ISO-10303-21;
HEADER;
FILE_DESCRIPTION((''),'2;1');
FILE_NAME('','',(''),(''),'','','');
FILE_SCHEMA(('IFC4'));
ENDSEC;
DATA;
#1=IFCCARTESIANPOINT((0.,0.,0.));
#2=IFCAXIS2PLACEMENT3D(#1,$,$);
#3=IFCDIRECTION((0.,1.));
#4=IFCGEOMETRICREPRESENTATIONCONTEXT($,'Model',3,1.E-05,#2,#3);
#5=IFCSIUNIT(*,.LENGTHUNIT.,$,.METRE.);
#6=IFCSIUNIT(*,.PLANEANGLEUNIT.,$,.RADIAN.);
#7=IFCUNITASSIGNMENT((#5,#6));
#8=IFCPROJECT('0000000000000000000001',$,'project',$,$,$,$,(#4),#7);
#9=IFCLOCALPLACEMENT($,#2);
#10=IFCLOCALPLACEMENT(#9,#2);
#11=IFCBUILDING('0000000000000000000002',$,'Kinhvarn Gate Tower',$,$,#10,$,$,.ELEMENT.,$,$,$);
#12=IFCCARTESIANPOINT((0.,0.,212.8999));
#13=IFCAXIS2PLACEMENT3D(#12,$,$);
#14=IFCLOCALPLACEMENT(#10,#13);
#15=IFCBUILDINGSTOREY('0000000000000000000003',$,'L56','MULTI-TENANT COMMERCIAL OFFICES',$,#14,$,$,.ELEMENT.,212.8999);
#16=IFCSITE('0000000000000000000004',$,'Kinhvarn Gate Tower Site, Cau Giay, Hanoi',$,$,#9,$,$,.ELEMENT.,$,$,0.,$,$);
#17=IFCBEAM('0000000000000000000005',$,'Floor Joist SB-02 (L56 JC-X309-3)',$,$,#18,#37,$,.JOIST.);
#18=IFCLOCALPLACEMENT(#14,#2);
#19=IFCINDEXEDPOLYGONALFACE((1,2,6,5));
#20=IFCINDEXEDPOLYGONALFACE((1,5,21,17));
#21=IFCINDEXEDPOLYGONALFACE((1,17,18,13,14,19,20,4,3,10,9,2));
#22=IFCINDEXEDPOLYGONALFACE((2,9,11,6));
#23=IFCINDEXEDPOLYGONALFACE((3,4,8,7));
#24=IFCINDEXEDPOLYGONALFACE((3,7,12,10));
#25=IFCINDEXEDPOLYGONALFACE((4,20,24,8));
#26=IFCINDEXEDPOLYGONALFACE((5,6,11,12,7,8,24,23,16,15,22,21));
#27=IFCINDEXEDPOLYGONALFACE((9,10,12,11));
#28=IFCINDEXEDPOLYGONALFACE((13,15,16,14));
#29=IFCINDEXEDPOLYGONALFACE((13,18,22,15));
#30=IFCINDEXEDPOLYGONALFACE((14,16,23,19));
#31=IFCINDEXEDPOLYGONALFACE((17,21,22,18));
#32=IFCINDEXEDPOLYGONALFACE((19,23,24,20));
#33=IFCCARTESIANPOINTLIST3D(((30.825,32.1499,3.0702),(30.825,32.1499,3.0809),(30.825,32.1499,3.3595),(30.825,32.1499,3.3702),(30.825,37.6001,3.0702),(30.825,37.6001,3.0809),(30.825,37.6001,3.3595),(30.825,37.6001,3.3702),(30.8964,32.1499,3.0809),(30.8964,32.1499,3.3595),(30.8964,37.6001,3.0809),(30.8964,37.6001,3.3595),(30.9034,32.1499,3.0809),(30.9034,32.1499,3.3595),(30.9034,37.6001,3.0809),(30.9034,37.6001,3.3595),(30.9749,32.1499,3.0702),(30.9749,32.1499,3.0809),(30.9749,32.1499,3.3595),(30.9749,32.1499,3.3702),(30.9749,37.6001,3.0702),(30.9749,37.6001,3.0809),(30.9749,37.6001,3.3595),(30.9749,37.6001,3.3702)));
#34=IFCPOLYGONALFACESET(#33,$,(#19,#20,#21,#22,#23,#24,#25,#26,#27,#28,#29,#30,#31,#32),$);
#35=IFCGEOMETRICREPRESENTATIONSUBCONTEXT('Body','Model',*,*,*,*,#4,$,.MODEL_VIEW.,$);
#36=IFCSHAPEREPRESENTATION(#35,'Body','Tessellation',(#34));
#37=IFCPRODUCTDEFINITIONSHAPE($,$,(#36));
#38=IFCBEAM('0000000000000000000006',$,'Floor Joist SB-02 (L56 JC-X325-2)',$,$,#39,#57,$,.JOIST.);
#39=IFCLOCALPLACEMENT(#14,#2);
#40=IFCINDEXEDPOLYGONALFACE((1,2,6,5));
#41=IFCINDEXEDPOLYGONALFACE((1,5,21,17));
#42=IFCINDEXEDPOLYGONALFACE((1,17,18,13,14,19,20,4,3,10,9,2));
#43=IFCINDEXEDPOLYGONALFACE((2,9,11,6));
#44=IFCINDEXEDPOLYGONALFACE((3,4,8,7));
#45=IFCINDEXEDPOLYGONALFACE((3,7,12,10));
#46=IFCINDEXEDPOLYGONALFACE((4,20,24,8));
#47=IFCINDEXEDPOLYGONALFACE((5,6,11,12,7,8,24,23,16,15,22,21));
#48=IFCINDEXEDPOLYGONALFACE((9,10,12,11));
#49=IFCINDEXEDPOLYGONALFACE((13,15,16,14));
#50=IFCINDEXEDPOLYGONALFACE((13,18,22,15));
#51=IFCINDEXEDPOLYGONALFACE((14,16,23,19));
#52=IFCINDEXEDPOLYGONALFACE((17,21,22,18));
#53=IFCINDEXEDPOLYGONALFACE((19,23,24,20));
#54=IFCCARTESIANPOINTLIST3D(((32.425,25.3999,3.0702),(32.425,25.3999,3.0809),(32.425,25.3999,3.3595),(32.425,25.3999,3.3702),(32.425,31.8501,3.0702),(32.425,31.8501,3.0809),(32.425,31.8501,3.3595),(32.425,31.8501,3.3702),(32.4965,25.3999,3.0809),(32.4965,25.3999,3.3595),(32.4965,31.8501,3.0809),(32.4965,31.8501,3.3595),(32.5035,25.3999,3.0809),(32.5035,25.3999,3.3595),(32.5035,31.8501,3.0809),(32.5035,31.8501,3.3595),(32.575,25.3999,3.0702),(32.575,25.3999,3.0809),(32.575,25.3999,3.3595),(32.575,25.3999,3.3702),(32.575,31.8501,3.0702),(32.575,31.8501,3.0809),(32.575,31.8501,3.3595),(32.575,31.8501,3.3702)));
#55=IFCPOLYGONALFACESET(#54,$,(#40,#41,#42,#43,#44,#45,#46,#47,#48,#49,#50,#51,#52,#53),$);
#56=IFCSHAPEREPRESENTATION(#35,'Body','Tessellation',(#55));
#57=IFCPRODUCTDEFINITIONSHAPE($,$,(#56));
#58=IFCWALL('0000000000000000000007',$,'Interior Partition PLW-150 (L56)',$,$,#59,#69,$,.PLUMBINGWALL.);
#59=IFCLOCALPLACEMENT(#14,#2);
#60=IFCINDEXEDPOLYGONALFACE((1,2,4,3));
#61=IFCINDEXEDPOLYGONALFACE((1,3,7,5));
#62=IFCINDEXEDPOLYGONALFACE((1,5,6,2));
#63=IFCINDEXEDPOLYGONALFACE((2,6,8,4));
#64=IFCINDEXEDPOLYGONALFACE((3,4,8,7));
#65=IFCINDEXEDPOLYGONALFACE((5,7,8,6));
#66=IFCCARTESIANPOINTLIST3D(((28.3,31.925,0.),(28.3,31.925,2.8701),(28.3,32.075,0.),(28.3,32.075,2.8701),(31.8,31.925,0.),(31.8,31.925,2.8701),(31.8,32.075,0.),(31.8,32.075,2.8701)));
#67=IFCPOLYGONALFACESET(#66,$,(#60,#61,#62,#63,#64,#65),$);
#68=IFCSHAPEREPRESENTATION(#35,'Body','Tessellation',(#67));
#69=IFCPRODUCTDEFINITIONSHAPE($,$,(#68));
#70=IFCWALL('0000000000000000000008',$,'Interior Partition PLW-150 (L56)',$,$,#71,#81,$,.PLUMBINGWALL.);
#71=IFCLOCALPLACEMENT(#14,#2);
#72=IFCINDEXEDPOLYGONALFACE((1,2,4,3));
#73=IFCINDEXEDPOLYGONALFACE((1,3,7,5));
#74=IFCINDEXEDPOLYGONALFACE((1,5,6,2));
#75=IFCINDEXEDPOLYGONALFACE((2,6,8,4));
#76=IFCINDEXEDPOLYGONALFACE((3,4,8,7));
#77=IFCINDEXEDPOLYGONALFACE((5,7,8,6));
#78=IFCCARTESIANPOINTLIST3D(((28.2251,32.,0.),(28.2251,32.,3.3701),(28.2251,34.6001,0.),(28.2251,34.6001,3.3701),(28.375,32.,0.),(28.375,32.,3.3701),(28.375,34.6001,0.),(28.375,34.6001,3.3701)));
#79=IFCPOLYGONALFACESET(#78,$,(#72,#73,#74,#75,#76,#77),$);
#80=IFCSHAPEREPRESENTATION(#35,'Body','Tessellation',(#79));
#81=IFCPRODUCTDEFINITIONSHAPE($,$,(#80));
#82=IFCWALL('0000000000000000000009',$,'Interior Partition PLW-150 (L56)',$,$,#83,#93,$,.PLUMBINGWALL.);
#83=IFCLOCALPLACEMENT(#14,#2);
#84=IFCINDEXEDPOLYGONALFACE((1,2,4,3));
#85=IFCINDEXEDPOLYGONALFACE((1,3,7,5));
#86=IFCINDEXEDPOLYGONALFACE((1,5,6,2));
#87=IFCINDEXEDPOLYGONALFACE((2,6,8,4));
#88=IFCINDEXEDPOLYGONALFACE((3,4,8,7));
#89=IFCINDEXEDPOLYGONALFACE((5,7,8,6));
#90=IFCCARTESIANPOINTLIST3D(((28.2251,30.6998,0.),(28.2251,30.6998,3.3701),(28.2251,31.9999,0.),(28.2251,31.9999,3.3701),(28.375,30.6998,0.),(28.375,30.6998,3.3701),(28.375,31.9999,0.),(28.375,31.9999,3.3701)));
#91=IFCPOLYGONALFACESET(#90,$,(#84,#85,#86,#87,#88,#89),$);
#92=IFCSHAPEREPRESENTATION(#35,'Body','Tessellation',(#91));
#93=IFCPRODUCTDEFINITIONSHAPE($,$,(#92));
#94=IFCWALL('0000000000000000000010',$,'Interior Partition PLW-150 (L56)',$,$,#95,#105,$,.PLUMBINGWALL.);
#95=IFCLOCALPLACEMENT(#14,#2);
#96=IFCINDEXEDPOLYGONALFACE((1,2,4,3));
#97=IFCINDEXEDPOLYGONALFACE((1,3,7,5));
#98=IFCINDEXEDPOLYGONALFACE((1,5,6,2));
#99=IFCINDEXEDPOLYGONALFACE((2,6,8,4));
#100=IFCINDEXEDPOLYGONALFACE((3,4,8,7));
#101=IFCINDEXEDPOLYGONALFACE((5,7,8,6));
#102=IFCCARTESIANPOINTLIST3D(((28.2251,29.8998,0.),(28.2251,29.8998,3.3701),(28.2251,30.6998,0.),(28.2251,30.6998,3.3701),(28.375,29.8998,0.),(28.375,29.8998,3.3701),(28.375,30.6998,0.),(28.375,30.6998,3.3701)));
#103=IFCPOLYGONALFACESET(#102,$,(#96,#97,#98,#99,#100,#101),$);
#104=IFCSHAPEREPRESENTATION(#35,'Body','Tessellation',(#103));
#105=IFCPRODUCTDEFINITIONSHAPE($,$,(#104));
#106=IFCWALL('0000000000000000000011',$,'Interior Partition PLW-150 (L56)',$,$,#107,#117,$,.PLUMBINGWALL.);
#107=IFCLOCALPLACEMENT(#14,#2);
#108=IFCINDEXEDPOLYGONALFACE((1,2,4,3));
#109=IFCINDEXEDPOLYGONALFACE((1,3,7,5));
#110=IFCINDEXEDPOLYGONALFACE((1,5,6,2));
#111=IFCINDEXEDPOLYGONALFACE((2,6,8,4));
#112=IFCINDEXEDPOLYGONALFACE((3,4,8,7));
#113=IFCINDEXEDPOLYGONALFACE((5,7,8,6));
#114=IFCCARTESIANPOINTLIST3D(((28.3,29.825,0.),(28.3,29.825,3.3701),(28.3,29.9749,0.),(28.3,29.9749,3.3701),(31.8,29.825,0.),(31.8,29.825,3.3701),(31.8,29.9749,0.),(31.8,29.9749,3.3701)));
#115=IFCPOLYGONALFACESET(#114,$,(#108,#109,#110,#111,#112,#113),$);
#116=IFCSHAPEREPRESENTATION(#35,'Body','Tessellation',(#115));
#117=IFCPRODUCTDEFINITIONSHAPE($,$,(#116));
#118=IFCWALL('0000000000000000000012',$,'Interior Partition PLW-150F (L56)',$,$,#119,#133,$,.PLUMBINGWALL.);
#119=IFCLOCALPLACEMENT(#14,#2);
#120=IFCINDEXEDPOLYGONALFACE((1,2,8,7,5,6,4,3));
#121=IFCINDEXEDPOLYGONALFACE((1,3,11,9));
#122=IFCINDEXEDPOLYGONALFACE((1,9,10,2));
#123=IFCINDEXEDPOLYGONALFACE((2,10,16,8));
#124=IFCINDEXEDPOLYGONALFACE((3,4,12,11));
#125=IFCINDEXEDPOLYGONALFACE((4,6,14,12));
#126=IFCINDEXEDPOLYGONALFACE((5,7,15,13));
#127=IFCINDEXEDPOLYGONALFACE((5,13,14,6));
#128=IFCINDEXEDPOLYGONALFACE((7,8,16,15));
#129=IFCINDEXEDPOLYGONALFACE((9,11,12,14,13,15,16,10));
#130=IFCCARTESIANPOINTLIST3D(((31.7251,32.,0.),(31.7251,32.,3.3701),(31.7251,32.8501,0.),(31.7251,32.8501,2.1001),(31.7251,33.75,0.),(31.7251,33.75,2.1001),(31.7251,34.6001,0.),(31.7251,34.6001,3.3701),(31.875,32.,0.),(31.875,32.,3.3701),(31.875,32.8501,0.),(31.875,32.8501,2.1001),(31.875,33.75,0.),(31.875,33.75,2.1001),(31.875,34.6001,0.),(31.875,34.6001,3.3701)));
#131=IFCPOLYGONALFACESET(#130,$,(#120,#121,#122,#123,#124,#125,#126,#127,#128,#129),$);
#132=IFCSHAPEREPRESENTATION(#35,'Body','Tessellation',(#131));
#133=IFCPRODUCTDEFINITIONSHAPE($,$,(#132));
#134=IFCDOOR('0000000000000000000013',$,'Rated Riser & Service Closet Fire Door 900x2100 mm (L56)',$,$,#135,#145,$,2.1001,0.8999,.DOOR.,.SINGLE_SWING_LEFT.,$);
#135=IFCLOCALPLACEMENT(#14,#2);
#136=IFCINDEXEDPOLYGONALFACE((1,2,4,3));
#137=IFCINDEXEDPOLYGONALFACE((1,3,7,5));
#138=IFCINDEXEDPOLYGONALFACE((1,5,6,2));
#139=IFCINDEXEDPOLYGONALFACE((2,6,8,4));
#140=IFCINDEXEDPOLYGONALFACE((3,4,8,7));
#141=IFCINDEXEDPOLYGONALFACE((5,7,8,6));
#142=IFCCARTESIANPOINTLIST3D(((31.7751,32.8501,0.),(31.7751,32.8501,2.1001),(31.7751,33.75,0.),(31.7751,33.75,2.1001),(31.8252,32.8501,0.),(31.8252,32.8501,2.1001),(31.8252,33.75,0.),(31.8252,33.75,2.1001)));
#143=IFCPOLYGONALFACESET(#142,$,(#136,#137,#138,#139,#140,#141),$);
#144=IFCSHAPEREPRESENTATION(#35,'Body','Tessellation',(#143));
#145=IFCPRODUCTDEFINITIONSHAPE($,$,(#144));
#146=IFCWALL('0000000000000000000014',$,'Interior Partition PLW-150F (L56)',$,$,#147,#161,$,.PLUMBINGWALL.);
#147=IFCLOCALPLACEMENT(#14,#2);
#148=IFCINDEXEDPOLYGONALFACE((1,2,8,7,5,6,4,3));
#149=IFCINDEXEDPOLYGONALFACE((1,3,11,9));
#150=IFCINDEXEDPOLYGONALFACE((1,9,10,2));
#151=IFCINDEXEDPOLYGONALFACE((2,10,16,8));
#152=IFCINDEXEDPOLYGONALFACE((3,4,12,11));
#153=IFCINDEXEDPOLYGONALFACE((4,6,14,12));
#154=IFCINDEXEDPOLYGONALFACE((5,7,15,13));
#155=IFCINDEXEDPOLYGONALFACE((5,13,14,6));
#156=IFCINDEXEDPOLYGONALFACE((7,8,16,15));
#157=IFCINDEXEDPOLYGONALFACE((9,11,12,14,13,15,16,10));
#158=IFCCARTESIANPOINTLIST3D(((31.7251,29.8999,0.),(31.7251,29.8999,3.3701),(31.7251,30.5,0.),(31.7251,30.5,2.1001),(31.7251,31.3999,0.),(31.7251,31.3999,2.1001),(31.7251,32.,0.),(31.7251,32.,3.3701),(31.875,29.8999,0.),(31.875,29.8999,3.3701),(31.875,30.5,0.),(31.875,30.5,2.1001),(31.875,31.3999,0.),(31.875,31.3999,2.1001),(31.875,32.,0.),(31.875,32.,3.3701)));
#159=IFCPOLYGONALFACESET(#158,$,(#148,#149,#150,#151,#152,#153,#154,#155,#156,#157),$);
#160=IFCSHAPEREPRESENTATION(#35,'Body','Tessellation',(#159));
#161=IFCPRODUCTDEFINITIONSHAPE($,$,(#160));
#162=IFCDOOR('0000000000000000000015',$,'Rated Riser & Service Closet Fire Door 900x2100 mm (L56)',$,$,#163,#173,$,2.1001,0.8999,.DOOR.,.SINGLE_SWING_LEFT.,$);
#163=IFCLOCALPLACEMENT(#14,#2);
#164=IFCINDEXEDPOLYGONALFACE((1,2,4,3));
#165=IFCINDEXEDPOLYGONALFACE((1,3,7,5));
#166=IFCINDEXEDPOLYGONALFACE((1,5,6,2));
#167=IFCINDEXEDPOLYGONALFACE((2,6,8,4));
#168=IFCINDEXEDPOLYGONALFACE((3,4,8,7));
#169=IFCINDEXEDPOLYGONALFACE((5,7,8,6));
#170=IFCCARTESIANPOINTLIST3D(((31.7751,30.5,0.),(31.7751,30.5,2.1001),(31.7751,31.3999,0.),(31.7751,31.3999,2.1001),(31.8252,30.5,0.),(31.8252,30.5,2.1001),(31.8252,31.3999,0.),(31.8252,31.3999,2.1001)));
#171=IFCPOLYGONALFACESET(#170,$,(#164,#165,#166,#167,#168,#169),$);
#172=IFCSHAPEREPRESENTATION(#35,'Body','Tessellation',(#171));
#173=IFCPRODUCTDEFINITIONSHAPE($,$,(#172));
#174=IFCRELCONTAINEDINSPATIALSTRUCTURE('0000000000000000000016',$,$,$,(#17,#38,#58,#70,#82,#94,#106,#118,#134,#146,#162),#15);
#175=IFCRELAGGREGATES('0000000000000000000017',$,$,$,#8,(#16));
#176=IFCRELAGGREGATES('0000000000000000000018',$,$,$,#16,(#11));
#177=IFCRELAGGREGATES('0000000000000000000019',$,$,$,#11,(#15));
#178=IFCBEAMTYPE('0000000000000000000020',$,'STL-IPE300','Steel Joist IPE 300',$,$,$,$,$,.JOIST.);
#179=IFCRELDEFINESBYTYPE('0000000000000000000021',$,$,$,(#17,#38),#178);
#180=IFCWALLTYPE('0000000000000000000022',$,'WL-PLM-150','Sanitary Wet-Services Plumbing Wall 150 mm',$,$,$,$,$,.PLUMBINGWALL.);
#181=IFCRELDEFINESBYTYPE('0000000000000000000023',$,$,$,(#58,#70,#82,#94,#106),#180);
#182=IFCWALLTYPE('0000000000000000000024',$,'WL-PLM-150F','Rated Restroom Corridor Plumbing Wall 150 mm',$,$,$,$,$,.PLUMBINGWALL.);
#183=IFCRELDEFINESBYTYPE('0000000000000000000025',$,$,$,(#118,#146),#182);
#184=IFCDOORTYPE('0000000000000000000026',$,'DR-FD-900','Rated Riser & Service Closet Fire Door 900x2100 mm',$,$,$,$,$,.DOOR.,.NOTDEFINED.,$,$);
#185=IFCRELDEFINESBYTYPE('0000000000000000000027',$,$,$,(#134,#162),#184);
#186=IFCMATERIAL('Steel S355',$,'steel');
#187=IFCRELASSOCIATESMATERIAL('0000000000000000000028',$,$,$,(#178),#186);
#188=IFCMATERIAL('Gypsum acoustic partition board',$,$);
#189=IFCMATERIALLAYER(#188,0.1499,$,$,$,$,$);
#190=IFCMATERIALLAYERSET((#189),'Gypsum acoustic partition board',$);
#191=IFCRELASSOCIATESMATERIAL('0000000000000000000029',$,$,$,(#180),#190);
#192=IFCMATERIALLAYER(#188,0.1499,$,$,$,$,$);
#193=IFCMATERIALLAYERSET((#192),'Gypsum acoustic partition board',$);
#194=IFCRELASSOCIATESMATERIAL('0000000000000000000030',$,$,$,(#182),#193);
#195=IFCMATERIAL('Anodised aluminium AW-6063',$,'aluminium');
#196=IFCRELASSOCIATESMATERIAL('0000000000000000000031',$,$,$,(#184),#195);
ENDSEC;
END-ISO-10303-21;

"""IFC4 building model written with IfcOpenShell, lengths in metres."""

from ifc_helpers import new_model, si_unit, direction, frame, frame_2d, origin, origin_2d, place, context, subcontext, project, spatial, rectangle, i_section, extrude, material, layer, layer_set, material_profile, profile_set, type_object, element, fill, save


model = new_model("IFC4")

# Units and contexts
model_context = context("Model", 3, precision=1e-05, world=origin(), true_north=direction((0.0, 1.0)))
body_context = subcontext(model_context, "Body", "Model", "MODEL_VIEW")
ifc_project = project(units=[si_unit("LENGTHUNIT", "METRE"), si_unit("PLANEANGLEUNIT", "RADIAN")], contexts=[model_context])

# Site, building, storey
site_placement = place(None, origin())
site = spatial("IfcSite", under=ifc_project, at=site_placement, Name="Kinhvarn Gate Tower Site, Cau Giay, Hanoi", CompositionType="ELEMENT", RefElevation=0.0)
building_placement = place(site_placement, origin())
building = spatial("IfcBuilding", under=site, at=building_placement, Name="Kinhvarn Gate Tower", CompositionType="ELEMENT")
storey_placement = place(building_placement, frame((0.0, 0.0, 212.8999)))
storey = spatial("IfcBuildingStorey", under=building, at=storey_placement, Name="L56", Description="MULTI-TENANT COMMERCIAL OFFICES", CompositionType="ELEMENT", Elevation=212.8999)

# Beams
ifc_material_1 = material(Name="Steel S355", Category="steel")
ifc_material_profile = material_profile(ifc_material_1, i_section(OverallWidth=0.1499, OverallDepth=0.3, WebThickness=0.0071, FlangeThickness=0.0107, at=origin_2d()), Name="IPE 300")
ifc_profile_set = profile_set([ifc_material_profile], Name="Steel S355")
beam_type = type_object("IfcBeamType", Name="STL-IPE300", Description="Steel Joist IPE 300", PredefinedType="JOIST", material=ifc_profile_set)
beam_1_placement = place(storey_placement, frame((30.8999, 32.1499, 3.2202), z_axis=(0.0, 1.0, 0.0), x_axis=(-1.0, 0.0, 0.0)))
element("IfcBeam", 1, at=beam_1_placement, inside=storey, type_object=beam_type, Name="Floor Joist SB-02 (L56 JC-X309-3)", PredefinedType="JOIST", context=body_context, shape_type="SweptSolid", body=[
    extrude(i_section(OverallWidth=0.1499, OverallDepth=0.3, WebThickness=0.0071, FlangeThickness=0.0107, at=origin_2d()), origin(), (0.0, 0.0, 1.0), 5.4502),
])
beam_2_placement = place(storey_placement, frame((32.5, 25.3999, 3.2202), z_axis=(0.0, 1.0, 0.0), x_axis=(-1.0, 0.0, 0.0)))
element("IfcBeam", 2, at=beam_2_placement, inside=storey, type_object=beam_type, Name="Floor Joist SB-02 (L56 JC-X325-2)", PredefinedType="JOIST", context=body_context, shape_type="SweptSolid", body=[
    extrude(i_section(OverallWidth=0.1499, OverallDepth=0.3, WebThickness=0.0071, FlangeThickness=0.0107, at=origin_2d()), origin(), (0.0, 0.0, 1.0), 6.4502),
])

# Walls
ifc_material_2 = material(Name="Gypsum acoustic partition board")
ifc_layer_1 = layer(ifc_material_2, 0.1499)
ifc_layer_set_1 = layer_set([ifc_layer_1], Name="Gypsum acoustic partition board")
wall_type_1 = type_object("IfcWallType", Name="WL-PLM-150", Description="Sanitary Wet-Services Plumbing Wall 150 mm", PredefinedType="PLUMBINGWALL", material=ifc_layer_set_1)
wall_1_placement = place(storey_placement, frame((28.3, 32.0, 0.0), z_axis=(0.0, 0.0, 1.0), x_axis=(1.0, 0.0, 0.0)))
element("IfcWall", 3, at=wall_1_placement, inside=storey, type_object=wall_type_1, Name="Interior Partition PLW-150 (L56)", PredefinedType="PLUMBINGWALL", context=body_context, shape_type="SweptSolid", body=[
    extrude(rectangle(XDim=3.5, YDim=0.1499, at=frame_2d((1.75, 0.0))), origin(), (0.0, 0.0, 1.0), 2.8701),
])
wall_2_placement = place(storey_placement, frame((28.3, 32.0, 0.0), z_axis=(0.0, 0.0, 1.0), x_axis=(0.0, 1.0, 0.0)))
element("IfcWall", 4, at=wall_2_placement, inside=storey, type_object=wall_type_1, Name="Interior Partition PLW-150 (L56)", PredefinedType="PLUMBINGWALL", context=body_context, shape_type="SweptSolid", body=[
    extrude(rectangle(XDim=2.6001, YDim=0.1499, at=frame_2d((1.3, 0.0))), origin(), (0.0, 0.0, 1.0), 3.3701),
])
wall_3_placement = place(storey_placement, frame((28.3, 30.7, 0.0), z_axis=(0.0, 0.0, 1.0), x_axis=(0.0, 1.0, 0.0)))
element("IfcWall", 5, at=wall_3_placement, inside=storey, type_object=wall_type_1, Name="Interior Partition PLW-150 (L56)", PredefinedType="PLUMBINGWALL", context=body_context, shape_type="SweptSolid", body=[
    extrude(rectangle(XDim=1.3, YDim=0.1499, at=frame_2d((0.6499, 0.0))), origin(), (0.0, 0.0, 1.0), 3.3701),
])
wall_4_placement = place(storey_placement, frame((28.3, 29.8999, 0.0), z_axis=(0.0, 0.0, 1.0), x_axis=(0.0, 1.0, 0.0)))
element("IfcWall", 6, at=wall_4_placement, inside=storey, type_object=wall_type_1, Name="Interior Partition PLW-150 (L56)", PredefinedType="PLUMBINGWALL", context=body_context, shape_type="SweptSolid", body=[
    extrude(rectangle(XDim=0.8, YDim=0.1499, at=frame_2d((0.3999, 0.0))), origin(), (0.0, 0.0, 1.0), 3.3701),
])
wall_5_placement = place(storey_placement, frame((28.3, 29.8999, 0.0), z_axis=(0.0, 0.0, 1.0), x_axis=(1.0, 0.0, 0.0)))
element("IfcWall", 7, at=wall_5_placement, inside=storey, type_object=wall_type_1, Name="Interior Partition PLW-150 (L56)", PredefinedType="PLUMBINGWALL", context=body_context, shape_type="SweptSolid", body=[
    extrude(rectangle(XDim=3.5, YDim=0.1499, at=frame_2d((1.75, 0.0))), origin(), (0.0, 0.0, 1.0), 3.3701),
])

# Walls, openings, doors
ifc_layer_2 = layer(ifc_material_2, 0.1499)
ifc_layer_set_2 = layer_set([ifc_layer_2], Name="Gypsum acoustic partition board")
wall_type_2 = type_object("IfcWallType", Name="WL-PLM-150F", Description="Rated Restroom Corridor Plumbing Wall 150 mm", PredefinedType="PLUMBINGWALL", material=ifc_layer_set_2)
wall_6_placement = place(storey_placement, frame((31.8, 32.0, 0.0), z_axis=(0.0, 0.0, 1.0), x_axis=(0.0, 1.0, 0.0)))
wall_6 = element("IfcWall", 8, at=wall_6_placement, inside=storey, type_object=wall_type_2, Name="Interior Partition PLW-150F (L56)", PredefinedType="PLUMBINGWALL", context=body_context, shape_type="SweptSolid", body=[
    extrude(rectangle(XDim=2.6001, YDim=0.1499, at=frame_2d((1.3, 0.0))), origin(), (0.0, 0.0, 1.0), 3.3701),
])
opening_1_placement = place(wall_6_placement, frame((0.8501, 0.0, 0.0)))
opening_1 = element("IfcOpeningElement", 9, at=opening_1_placement, cuts=wall_6, PredefinedType="OPENING", context=body_context, shape_type="SweptSolid", body=[
    extrude(rectangle(XDim=0.8999, YDim=2.1001, at=frame_2d((0.45, 1.05))), frame((0.0, 0.085, 0.0), z_axis=(0.0, -1.0, 0.0), x_axis=(1.0, 0.0, 0.0)), (0.0, 0.0, 1.0), 0.1699),
])
ifc_material_3 = material(Name="Anodised aluminium AW-6063", Category="aluminium")
door_type_1 = type_object("IfcDoorType", Name="DR-FD-900", Description="Rated Riser & Service Closet Fire Door 900x2100 mm", OperationType="NOTDEFINED", PredefinedType="DOOR", material=ifc_material_3)
door_1_placement = place(opening_1_placement, origin())
door_1 = element("IfcDoor", 10, at=door_1_placement, inside=storey, type_object=door_type_1, Name="Rated Riser & Service Closet Fire Door 900x2100 mm (L56)", OperationType="SINGLE_SWING_LEFT", OverallHeight=2.1001, OverallWidth=0.8999, PredefinedType="DOOR", context=body_context, shape_type="SweptSolid", body=[
    extrude(rectangle(XDim=0.8999, YDim=2.1001, at=frame_2d((0.45, 1.05))), frame((0.0, 0.0249, 0.0), z_axis=(0.0, -1.0, 0.0), x_axis=(1.0, 0.0, 0.0)), (0.0, 0.0, 1.0), 0.05),
])
fill(opening_1, door_1)
wall_7_placement = place(storey_placement, frame((31.8, 29.8999, 0.0), z_axis=(0.0, 0.0, 1.0), x_axis=(0.0, 1.0, 0.0)))
wall_7 = element("IfcWall", 11, at=wall_7_placement, inside=storey, type_object=wall_type_2, Name="Interior Partition PLW-150F (L56)", PredefinedType="PLUMBINGWALL", context=body_context, shape_type="SweptSolid", body=[
    extrude(rectangle(XDim=2.1001, YDim=0.1499, at=frame_2d((1.05, 0.0))), origin(), (0.0, 0.0, 1.0), 3.3701),
])
opening_2_placement = place(wall_7_placement, frame((0.6001, 0.0, 0.0)))
opening_2 = element("IfcOpeningElement", 12, at=opening_2_placement, cuts=wall_7, PredefinedType="OPENING", context=body_context, shape_type="SweptSolid", body=[
    extrude(rectangle(XDim=0.8999, YDim=2.1001, at=frame_2d((0.45, 1.05))), frame((0.0, 0.085, 0.0), z_axis=(0.0, -1.0, 0.0), x_axis=(1.0, 0.0, 0.0)), (0.0, 0.0, 1.0), 0.1699),
])
door_2_placement = place(opening_2_placement, origin())
door_2 = element("IfcDoor", 13, at=door_2_placement, inside=storey, type_object=door_type_1, Name="Rated Riser & Service Closet Fire Door 900x2100 mm (L56)", OperationType="SINGLE_SWING_LEFT", OverallHeight=2.1001, OverallWidth=0.8999, PredefinedType="DOOR", context=body_context, shape_type="SweptSolid", body=[
    extrude(rectangle(XDim=0.8999, YDim=2.1001, at=frame_2d((0.45, 1.05))), frame((0.0, 0.0249, 0.0), z_axis=(0.0, -1.0, 0.0), x_axis=(1.0, 0.0, 0.0)), (0.0, 0.0, 1.0), 0.05),
])
fill(opening_2, door_2)

save(model, "model.ifc")
